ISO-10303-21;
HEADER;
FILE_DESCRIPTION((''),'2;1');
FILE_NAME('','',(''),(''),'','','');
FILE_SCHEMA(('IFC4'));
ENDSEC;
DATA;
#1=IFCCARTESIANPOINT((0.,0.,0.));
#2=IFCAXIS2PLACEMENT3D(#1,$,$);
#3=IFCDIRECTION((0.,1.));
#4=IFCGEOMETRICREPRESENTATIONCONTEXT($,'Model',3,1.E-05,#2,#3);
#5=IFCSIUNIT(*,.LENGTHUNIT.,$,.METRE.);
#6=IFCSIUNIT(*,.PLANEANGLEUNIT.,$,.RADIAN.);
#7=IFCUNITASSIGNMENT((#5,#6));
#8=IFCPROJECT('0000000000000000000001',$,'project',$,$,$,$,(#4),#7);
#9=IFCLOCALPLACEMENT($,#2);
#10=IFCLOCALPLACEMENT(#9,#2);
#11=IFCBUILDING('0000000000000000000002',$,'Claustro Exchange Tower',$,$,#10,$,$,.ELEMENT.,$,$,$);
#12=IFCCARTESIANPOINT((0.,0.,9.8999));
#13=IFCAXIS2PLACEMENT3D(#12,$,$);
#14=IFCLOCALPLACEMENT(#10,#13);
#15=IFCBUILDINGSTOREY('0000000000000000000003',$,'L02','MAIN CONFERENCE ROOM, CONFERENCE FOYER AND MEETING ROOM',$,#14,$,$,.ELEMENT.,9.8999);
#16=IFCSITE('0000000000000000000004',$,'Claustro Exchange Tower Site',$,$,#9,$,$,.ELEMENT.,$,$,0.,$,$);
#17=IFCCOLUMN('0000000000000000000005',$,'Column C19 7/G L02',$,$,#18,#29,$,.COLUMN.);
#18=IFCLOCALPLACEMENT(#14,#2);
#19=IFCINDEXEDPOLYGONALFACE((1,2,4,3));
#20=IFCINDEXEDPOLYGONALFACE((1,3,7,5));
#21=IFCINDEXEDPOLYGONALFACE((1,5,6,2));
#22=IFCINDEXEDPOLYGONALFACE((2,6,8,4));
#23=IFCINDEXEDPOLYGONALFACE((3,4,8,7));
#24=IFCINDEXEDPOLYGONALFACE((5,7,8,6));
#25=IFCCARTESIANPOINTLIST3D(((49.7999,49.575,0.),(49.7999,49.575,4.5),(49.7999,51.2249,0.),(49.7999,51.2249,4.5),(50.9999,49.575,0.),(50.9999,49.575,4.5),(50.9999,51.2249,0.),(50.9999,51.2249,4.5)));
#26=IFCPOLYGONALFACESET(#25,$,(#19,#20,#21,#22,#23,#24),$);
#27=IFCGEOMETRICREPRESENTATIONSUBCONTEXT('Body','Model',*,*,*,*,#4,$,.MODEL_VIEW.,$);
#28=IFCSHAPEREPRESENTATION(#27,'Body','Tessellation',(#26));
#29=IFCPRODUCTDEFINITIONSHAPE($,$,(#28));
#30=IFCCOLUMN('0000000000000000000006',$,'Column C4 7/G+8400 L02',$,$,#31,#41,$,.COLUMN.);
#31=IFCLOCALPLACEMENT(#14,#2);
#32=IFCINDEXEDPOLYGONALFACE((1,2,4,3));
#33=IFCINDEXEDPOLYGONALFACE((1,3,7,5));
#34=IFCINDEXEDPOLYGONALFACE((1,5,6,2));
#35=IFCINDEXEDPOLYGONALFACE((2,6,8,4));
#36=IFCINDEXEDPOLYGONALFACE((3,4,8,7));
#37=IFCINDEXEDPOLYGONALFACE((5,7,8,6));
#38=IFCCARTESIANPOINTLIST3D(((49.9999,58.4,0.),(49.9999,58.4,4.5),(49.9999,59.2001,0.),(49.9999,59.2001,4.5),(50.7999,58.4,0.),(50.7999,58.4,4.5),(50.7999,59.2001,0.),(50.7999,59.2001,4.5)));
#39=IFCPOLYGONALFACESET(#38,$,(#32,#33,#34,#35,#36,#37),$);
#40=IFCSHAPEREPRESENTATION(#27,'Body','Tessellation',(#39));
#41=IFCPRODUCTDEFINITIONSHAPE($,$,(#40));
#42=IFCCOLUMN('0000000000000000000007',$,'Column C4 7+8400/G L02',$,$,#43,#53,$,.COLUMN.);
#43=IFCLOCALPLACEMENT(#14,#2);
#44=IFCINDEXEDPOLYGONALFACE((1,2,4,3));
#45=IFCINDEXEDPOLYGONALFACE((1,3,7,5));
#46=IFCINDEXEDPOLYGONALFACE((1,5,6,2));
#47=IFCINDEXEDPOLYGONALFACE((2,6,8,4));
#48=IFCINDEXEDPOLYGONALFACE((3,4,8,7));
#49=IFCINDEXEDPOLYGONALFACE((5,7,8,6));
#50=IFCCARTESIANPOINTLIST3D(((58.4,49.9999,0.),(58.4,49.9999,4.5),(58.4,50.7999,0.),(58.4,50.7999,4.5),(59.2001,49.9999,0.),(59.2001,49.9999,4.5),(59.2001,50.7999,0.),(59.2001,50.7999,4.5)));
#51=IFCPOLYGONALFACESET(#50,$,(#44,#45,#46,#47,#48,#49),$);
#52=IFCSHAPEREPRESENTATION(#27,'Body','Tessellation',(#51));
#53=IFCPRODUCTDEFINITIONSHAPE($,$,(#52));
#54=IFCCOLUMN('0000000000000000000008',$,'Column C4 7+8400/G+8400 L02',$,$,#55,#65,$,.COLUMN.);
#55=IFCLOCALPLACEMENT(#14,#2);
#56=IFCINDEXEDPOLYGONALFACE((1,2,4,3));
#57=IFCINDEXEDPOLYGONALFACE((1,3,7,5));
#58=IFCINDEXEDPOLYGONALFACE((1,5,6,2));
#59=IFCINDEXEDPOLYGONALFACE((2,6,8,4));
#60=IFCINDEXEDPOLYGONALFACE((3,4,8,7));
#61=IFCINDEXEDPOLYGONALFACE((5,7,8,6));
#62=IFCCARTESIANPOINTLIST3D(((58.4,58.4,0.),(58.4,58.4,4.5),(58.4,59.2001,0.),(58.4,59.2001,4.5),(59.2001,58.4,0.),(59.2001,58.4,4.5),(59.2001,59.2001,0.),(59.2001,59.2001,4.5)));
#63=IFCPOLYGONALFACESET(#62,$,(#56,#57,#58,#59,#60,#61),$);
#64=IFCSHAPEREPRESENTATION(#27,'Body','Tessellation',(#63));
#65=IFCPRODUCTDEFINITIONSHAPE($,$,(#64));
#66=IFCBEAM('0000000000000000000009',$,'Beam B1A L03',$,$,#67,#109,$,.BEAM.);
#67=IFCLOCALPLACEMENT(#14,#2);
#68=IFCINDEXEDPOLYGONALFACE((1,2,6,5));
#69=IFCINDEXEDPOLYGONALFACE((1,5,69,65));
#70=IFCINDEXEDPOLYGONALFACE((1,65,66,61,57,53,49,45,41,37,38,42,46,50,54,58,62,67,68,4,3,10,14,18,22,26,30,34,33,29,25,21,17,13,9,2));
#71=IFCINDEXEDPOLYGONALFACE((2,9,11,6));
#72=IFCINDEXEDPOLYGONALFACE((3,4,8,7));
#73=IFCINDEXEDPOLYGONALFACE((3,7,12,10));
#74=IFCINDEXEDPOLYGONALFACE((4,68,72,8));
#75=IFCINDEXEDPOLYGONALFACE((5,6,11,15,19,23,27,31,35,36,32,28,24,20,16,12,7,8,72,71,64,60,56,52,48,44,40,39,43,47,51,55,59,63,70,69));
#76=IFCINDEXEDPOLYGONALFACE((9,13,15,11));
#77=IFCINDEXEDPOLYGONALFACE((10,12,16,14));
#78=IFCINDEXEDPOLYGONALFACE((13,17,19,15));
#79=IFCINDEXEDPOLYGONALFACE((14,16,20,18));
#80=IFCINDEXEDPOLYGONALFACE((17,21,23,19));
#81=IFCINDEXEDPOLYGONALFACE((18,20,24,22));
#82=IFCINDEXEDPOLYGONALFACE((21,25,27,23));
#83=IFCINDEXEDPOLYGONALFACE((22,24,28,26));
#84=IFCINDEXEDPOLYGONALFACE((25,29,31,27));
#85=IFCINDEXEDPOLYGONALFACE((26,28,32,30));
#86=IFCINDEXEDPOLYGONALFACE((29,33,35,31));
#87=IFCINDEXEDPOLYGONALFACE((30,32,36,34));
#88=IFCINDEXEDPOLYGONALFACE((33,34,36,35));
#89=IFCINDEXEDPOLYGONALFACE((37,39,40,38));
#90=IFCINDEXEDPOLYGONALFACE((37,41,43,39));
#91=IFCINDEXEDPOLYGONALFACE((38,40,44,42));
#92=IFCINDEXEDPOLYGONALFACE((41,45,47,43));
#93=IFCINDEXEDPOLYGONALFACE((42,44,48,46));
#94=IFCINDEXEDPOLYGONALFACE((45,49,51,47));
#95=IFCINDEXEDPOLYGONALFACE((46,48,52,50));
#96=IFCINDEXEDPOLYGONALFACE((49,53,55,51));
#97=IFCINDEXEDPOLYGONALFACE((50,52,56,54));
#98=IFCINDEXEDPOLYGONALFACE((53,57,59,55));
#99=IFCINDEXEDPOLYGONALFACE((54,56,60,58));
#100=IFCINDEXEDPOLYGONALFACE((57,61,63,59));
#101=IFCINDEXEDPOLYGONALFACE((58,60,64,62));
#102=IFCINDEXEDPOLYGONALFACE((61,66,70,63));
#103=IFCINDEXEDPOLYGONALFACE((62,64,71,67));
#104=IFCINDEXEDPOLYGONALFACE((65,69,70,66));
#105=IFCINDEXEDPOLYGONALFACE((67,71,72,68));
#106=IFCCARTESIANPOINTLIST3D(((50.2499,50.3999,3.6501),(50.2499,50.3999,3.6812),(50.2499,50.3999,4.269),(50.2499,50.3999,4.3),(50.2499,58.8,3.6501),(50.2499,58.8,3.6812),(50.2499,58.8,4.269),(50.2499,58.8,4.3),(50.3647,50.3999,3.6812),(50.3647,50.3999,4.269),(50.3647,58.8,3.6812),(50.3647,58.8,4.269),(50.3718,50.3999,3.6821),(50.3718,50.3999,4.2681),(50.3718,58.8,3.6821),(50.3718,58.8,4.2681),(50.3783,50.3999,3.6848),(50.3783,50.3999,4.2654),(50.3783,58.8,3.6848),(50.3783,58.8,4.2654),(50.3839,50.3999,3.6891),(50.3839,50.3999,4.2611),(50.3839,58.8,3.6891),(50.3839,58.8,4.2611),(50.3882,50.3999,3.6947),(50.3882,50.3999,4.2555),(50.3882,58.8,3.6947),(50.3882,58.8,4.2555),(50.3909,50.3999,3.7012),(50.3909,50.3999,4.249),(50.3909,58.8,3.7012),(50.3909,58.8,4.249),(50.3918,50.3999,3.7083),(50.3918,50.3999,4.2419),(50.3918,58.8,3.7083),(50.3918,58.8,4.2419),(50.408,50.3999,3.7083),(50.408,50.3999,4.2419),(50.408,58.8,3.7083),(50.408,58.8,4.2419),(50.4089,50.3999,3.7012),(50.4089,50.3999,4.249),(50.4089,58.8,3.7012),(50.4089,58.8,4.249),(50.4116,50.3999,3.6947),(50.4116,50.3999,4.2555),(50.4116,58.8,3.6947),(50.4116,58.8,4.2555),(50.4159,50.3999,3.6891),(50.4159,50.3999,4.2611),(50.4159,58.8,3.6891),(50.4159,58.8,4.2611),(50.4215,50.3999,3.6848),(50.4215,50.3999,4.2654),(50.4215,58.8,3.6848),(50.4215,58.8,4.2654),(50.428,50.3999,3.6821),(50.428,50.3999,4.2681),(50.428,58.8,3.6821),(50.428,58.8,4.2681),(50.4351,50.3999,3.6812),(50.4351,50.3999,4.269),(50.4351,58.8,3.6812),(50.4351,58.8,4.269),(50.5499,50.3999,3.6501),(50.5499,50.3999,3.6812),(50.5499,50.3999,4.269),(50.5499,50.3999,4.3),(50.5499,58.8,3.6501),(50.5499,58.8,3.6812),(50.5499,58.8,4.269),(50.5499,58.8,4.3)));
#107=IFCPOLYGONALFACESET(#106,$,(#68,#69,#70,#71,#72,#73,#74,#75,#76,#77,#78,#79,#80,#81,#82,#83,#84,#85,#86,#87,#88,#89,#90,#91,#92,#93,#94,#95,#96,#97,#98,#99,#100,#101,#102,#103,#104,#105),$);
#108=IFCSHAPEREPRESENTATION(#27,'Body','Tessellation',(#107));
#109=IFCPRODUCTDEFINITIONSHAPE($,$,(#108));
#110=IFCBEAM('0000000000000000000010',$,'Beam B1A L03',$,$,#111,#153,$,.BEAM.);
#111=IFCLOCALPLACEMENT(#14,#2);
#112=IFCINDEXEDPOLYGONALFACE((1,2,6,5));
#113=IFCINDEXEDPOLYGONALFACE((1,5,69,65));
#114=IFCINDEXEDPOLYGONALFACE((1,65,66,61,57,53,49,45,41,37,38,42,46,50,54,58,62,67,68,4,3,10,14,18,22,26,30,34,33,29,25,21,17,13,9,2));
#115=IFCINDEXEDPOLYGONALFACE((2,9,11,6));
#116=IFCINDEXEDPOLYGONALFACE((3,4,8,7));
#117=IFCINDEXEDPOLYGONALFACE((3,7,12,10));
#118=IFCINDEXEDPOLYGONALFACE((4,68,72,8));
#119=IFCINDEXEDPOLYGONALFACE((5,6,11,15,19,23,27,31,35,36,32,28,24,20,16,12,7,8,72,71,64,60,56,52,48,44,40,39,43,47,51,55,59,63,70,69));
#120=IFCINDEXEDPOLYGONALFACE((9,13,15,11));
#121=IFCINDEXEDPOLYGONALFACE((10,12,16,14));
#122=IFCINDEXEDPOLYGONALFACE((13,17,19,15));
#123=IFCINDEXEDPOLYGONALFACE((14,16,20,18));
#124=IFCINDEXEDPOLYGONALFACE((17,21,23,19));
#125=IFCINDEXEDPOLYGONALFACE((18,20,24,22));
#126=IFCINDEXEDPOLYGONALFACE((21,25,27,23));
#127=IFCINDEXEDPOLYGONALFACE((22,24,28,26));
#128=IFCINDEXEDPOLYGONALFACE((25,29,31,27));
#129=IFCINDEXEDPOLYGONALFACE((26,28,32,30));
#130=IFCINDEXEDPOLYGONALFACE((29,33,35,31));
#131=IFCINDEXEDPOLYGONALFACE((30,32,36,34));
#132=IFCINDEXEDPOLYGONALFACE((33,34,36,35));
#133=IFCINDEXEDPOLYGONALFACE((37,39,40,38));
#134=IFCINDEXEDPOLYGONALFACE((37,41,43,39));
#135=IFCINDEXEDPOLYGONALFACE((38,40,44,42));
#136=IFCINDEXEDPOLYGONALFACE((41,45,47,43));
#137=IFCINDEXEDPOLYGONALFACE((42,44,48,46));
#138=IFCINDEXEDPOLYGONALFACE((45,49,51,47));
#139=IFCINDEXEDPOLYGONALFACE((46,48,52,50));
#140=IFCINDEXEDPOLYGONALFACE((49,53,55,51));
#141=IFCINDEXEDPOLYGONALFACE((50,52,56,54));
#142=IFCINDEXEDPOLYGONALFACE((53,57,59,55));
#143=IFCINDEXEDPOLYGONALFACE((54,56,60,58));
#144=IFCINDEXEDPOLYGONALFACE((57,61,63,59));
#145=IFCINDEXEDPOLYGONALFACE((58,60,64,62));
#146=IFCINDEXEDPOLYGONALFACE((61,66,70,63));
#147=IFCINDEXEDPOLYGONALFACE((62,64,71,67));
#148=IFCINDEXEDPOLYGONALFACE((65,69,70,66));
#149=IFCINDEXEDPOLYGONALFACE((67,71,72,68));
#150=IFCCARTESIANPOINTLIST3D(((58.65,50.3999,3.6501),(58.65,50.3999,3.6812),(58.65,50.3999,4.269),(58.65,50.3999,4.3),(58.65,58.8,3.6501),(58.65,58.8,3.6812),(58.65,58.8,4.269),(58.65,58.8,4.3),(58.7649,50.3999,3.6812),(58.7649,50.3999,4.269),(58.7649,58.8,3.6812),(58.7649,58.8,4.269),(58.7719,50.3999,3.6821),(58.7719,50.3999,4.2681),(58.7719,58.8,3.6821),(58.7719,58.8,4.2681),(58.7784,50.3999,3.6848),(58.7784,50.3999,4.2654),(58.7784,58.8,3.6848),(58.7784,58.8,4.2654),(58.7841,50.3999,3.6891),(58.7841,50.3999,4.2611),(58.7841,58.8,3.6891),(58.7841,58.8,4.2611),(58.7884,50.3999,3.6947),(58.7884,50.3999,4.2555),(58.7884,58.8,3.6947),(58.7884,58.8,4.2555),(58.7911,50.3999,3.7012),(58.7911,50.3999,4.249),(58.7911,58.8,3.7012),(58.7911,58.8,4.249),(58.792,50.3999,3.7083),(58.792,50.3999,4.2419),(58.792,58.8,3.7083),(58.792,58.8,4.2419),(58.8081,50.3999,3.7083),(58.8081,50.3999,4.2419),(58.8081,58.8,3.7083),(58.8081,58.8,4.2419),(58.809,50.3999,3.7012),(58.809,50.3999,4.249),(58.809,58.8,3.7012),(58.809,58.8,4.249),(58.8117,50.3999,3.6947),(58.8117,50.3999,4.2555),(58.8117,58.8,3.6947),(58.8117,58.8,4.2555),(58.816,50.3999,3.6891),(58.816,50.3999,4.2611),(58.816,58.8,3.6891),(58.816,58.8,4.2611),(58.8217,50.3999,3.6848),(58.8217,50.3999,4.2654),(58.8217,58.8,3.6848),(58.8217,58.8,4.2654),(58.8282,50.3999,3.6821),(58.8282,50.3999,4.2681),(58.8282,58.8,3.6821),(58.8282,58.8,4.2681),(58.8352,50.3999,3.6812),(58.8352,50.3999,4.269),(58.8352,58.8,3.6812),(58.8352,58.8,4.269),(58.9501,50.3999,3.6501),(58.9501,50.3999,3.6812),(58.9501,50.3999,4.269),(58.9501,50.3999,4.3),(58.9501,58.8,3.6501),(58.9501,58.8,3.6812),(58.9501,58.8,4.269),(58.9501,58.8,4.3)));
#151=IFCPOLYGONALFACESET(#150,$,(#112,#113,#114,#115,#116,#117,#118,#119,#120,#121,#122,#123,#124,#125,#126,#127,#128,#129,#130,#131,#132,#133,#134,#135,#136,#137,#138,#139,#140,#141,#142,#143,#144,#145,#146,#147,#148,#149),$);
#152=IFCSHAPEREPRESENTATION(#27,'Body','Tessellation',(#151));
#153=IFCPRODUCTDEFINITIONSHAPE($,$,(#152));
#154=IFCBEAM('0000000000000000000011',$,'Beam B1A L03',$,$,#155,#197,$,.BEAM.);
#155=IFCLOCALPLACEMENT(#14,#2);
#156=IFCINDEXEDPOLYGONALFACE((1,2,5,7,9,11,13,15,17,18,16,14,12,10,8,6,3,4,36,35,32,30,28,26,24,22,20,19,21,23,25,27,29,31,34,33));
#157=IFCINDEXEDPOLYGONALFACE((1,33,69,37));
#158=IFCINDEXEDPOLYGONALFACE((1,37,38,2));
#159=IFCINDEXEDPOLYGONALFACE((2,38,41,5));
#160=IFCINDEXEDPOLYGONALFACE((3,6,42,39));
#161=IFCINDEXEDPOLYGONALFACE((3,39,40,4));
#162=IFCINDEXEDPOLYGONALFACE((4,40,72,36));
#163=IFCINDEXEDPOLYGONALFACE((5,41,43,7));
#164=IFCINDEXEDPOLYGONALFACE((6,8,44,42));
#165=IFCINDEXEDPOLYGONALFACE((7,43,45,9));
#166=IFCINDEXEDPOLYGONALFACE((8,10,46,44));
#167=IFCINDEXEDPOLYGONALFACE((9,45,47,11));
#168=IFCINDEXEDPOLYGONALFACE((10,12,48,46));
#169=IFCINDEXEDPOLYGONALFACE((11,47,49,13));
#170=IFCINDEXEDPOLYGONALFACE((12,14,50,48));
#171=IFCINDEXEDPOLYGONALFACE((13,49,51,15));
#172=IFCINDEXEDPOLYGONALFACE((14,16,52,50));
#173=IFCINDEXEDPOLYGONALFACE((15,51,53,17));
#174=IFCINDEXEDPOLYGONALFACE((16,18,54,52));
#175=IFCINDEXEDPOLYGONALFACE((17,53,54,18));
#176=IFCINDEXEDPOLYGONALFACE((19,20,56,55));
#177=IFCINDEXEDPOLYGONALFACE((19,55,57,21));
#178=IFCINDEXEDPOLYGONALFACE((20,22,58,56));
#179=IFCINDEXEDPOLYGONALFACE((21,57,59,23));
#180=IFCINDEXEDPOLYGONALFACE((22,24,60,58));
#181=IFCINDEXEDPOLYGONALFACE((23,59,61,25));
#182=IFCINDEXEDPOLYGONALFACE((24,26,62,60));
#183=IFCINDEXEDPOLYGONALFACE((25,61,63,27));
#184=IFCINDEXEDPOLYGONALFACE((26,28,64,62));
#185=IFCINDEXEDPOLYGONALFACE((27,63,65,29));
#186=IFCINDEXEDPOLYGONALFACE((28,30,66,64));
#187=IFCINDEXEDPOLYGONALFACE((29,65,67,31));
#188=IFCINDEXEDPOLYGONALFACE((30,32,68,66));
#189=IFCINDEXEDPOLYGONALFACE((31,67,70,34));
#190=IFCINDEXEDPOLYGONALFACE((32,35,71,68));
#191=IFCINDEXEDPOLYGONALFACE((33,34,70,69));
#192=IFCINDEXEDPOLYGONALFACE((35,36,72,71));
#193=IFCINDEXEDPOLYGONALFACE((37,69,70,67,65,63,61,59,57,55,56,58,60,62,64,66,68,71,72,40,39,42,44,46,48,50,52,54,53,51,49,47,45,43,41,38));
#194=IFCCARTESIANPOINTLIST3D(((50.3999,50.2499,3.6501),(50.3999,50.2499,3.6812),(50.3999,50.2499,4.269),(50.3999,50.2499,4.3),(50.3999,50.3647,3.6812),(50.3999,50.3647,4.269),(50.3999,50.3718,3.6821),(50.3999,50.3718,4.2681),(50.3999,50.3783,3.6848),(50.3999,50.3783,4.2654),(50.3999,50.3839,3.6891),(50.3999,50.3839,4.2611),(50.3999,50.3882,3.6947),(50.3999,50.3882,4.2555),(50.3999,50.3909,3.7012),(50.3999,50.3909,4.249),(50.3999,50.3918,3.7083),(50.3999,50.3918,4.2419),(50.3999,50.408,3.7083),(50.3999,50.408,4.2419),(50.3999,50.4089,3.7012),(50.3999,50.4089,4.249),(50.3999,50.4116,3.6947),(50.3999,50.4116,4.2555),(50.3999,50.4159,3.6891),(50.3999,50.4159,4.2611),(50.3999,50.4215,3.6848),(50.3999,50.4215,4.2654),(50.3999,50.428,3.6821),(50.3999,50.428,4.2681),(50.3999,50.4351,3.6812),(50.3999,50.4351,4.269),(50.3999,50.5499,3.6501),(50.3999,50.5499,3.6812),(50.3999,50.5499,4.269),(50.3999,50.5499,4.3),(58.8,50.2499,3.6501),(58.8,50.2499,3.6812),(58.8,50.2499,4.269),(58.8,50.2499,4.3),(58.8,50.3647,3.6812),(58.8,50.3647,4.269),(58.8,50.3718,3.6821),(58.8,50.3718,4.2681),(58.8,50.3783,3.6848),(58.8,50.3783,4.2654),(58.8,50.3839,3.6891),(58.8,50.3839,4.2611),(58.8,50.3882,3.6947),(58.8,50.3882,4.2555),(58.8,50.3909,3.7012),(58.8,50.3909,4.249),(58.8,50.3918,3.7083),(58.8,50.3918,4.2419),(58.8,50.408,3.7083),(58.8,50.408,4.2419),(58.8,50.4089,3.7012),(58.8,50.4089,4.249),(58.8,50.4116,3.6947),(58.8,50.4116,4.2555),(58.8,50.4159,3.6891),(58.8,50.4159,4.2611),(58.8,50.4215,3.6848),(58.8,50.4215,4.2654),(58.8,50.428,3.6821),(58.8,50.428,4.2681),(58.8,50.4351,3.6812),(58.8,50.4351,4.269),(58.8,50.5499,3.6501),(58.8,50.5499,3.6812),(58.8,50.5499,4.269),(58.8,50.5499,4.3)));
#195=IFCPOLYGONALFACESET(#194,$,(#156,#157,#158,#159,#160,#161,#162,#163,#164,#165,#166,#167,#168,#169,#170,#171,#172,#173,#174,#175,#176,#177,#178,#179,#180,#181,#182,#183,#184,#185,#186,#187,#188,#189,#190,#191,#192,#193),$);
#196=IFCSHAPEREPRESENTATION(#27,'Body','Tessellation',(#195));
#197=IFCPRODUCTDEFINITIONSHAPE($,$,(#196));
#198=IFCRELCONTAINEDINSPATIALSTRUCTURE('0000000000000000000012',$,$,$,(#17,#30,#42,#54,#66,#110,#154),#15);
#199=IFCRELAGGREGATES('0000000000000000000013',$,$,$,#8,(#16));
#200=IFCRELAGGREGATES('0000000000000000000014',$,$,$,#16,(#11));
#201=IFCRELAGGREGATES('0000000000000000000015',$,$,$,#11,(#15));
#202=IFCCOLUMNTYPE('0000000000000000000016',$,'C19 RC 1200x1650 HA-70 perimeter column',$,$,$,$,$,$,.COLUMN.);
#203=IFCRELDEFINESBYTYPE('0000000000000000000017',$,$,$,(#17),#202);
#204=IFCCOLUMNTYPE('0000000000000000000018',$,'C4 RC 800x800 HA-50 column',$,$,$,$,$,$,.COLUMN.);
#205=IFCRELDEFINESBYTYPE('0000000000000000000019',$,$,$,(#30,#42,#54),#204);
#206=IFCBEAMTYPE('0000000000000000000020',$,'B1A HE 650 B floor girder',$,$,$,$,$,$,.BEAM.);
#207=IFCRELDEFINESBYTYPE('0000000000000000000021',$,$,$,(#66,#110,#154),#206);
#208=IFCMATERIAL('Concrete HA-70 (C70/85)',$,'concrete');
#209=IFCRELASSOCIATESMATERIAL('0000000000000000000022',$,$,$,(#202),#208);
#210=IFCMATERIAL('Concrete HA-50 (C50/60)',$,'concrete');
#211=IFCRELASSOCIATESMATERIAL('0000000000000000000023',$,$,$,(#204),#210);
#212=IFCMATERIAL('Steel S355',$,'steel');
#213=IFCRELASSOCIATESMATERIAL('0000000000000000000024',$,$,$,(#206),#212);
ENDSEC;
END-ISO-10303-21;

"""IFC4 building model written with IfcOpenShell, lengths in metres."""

from ifc_helpers import new_model, si_unit, direction, frame, origin, origin_2d, place, context, subcontext, project, spatial, rectangle, i_section, extrude, material, material_profile, profile_set, type_object, element, save


model = new_model("IFC4")

# Units and contexts
model_context = context("Model", 3, precision=1e-05, world=origin(), true_north=direction((0.0, 1.0)))
body_context = subcontext(model_context, "Body", "Model", "MODEL_VIEW")
ifc_project = project(units=[si_unit("LENGTHUNIT", "METRE"), si_unit("PLANEANGLEUNIT", "RADIAN")], contexts=[model_context])

# Site, building, storey
site_placement = place(None, origin())
site = spatial("IfcSite", under=ifc_project, at=site_placement, Name="Claustro Exchange Tower Site", CompositionType="ELEMENT", RefElevation=0.0)
building_placement = place(site_placement, origin())
building = spatial("IfcBuilding", under=site, at=building_placement, Name="Claustro Exchange Tower", CompositionType="ELEMENT")
storey_placement = place(building_placement, frame((0.0, 0.0, 9.8999)))
storey = spatial("IfcBuildingStorey", under=building, at=storey_placement, Name="L02", Description="MAIN CONFERENCE ROOM, CONFERENCE FOYER AND MEETING ROOM", CompositionType="ELEMENT", Elevation=9.8999)

# Columns
ifc_material_1 = material(Name="Concrete HA-70 (C70/85)", Category="concrete")
ifc_material_profile_1 = material_profile(ifc_material_1, rectangle(XDim=1.2, YDim=1.6499, at=origin_2d()), Name="RC 1200x1650")
ifc_profile_set_1 = profile_set([ifc_material_profile_1], Name="Concrete HA-70 (C70/85)")
column_type_1 = type_object("IfcColumnType", Name="C19 RC 1200x1650 HA-70 perimeter column", PredefinedType="COLUMN", material=ifc_profile_set_1)
column_placement = place(storey_placement, frame((50.3999, 50.3999, 0.0), z_axis=(0.0, 0.0, 1.0), x_axis=(1.0, 0.0, 0.0)))
element("IfcColumn", 1, at=column_placement, inside=storey, type_object=column_type_1, Name="Column C19 7/G L02", PredefinedType="COLUMN", context=body_context, shape_type="SweptSolid", body=[
    extrude(rectangle(XDim=1.2, YDim=1.6499, at=origin_2d()), origin(), (0.0, 0.0, 1.0), 4.5),
])
ifc_material_2 = material(Name="Concrete HA-50 (C50/60)", Category="concrete")
ifc_material_profile_2 = material_profile(ifc_material_2, rectangle(XDim=0.8, YDim=0.8, at=origin_2d()), Name="RC 800x800")
ifc_profile_set_2 = profile_set([ifc_material_profile_2], Name="Concrete HA-50 (C50/60)")
column_type_2 = type_object("IfcColumnType", Name="C4 RC 800x800 HA-50 column", PredefinedType="COLUMN", material=ifc_profile_set_2)
for number, where, z_axis, x_axis, name in (
    (2, (50.3999, 58.8, 0.0), (0.0, 0.0, 1.0), (1.0, 0.0, 0.0), "Column C4 7/G+8400 L02"),
    (3, (58.8, 50.3999, 0.0), (0.0, 0.0, 1.0), (1.0, 0.0, 0.0), "Column C4 7+8400/G L02"),
    (4, (58.8, 58.8, 0.0), (0.0, 0.0, 1.0), (1.0, 0.0, 0.0), "Column C4 7+8400/G+8400 L02"),
):
    element("IfcColumn", number, at=place(storey_placement, frame(where, z_axis=z_axis, x_axis=x_axis)), inside=storey, type_object=column_type_2, Name=name, PredefinedType="COLUMN", context=body_context, shape_type="SweptSolid", body=[
        extrude(rectangle(XDim=0.8, YDim=0.8, at=origin_2d()), origin(), (0.0, 0.0, 1.0), 4.5),
    ])

# Beams
ifc_material_3 = material(Name="Steel S355", Category="steel")
ifc_material_profile_3 = material_profile(ifc_material_3, i_section(OverallWidth=0.3, OverallDepth=0.6499, WebThickness=0.0161, FlangeThickness=0.031, FilletRadius=0.0271, at=origin_2d()), Name="HE 650 B")
ifc_profile_set_3 = profile_set([ifc_material_profile_3], Name="Steel S355")
beam_type_1 = type_object("IfcBeamType", Name="B1A HE 650 B floor girder", PredefinedType="BEAM", material=ifc_profile_set_3)
for number, where, z_axis, x_axis, name in (
    (5, (50.3999, 50.3999, 3.9751), (0.0, 1.0, 0.0), (-1.0, 0.0, 0.0), "Beam B1A L03"),
    (6, (58.8, 50.3999, 3.9751), (0.0, 1.0, 0.0), (-1.0, 0.0, 0.0), "Beam B1A L03"),
    (7, (50.3999, 50.3999, 3.9751), (1.0, 0.0, 0.0), (0.0, 1.0, 0.0), "Beam B1A L03"),
):
    element("IfcBeam", number, at=place(storey_placement, frame(where, z_axis=z_axis, x_axis=x_axis)), inside=storey, type_object=beam_type_1, Name=name, PredefinedType="BEAM", context=body_context, shape_type="SweptSolid", body=[
        extrude(i_section(OverallWidth=0.3, OverallDepth=0.6499, WebThickness=0.0161, FlangeThickness=0.031, FilletRadius=0.0271, at=origin_2d()), origin(), (0.0, 0.0, 1.0), 8.4001),
    ])

save(model, "model.ifc")
